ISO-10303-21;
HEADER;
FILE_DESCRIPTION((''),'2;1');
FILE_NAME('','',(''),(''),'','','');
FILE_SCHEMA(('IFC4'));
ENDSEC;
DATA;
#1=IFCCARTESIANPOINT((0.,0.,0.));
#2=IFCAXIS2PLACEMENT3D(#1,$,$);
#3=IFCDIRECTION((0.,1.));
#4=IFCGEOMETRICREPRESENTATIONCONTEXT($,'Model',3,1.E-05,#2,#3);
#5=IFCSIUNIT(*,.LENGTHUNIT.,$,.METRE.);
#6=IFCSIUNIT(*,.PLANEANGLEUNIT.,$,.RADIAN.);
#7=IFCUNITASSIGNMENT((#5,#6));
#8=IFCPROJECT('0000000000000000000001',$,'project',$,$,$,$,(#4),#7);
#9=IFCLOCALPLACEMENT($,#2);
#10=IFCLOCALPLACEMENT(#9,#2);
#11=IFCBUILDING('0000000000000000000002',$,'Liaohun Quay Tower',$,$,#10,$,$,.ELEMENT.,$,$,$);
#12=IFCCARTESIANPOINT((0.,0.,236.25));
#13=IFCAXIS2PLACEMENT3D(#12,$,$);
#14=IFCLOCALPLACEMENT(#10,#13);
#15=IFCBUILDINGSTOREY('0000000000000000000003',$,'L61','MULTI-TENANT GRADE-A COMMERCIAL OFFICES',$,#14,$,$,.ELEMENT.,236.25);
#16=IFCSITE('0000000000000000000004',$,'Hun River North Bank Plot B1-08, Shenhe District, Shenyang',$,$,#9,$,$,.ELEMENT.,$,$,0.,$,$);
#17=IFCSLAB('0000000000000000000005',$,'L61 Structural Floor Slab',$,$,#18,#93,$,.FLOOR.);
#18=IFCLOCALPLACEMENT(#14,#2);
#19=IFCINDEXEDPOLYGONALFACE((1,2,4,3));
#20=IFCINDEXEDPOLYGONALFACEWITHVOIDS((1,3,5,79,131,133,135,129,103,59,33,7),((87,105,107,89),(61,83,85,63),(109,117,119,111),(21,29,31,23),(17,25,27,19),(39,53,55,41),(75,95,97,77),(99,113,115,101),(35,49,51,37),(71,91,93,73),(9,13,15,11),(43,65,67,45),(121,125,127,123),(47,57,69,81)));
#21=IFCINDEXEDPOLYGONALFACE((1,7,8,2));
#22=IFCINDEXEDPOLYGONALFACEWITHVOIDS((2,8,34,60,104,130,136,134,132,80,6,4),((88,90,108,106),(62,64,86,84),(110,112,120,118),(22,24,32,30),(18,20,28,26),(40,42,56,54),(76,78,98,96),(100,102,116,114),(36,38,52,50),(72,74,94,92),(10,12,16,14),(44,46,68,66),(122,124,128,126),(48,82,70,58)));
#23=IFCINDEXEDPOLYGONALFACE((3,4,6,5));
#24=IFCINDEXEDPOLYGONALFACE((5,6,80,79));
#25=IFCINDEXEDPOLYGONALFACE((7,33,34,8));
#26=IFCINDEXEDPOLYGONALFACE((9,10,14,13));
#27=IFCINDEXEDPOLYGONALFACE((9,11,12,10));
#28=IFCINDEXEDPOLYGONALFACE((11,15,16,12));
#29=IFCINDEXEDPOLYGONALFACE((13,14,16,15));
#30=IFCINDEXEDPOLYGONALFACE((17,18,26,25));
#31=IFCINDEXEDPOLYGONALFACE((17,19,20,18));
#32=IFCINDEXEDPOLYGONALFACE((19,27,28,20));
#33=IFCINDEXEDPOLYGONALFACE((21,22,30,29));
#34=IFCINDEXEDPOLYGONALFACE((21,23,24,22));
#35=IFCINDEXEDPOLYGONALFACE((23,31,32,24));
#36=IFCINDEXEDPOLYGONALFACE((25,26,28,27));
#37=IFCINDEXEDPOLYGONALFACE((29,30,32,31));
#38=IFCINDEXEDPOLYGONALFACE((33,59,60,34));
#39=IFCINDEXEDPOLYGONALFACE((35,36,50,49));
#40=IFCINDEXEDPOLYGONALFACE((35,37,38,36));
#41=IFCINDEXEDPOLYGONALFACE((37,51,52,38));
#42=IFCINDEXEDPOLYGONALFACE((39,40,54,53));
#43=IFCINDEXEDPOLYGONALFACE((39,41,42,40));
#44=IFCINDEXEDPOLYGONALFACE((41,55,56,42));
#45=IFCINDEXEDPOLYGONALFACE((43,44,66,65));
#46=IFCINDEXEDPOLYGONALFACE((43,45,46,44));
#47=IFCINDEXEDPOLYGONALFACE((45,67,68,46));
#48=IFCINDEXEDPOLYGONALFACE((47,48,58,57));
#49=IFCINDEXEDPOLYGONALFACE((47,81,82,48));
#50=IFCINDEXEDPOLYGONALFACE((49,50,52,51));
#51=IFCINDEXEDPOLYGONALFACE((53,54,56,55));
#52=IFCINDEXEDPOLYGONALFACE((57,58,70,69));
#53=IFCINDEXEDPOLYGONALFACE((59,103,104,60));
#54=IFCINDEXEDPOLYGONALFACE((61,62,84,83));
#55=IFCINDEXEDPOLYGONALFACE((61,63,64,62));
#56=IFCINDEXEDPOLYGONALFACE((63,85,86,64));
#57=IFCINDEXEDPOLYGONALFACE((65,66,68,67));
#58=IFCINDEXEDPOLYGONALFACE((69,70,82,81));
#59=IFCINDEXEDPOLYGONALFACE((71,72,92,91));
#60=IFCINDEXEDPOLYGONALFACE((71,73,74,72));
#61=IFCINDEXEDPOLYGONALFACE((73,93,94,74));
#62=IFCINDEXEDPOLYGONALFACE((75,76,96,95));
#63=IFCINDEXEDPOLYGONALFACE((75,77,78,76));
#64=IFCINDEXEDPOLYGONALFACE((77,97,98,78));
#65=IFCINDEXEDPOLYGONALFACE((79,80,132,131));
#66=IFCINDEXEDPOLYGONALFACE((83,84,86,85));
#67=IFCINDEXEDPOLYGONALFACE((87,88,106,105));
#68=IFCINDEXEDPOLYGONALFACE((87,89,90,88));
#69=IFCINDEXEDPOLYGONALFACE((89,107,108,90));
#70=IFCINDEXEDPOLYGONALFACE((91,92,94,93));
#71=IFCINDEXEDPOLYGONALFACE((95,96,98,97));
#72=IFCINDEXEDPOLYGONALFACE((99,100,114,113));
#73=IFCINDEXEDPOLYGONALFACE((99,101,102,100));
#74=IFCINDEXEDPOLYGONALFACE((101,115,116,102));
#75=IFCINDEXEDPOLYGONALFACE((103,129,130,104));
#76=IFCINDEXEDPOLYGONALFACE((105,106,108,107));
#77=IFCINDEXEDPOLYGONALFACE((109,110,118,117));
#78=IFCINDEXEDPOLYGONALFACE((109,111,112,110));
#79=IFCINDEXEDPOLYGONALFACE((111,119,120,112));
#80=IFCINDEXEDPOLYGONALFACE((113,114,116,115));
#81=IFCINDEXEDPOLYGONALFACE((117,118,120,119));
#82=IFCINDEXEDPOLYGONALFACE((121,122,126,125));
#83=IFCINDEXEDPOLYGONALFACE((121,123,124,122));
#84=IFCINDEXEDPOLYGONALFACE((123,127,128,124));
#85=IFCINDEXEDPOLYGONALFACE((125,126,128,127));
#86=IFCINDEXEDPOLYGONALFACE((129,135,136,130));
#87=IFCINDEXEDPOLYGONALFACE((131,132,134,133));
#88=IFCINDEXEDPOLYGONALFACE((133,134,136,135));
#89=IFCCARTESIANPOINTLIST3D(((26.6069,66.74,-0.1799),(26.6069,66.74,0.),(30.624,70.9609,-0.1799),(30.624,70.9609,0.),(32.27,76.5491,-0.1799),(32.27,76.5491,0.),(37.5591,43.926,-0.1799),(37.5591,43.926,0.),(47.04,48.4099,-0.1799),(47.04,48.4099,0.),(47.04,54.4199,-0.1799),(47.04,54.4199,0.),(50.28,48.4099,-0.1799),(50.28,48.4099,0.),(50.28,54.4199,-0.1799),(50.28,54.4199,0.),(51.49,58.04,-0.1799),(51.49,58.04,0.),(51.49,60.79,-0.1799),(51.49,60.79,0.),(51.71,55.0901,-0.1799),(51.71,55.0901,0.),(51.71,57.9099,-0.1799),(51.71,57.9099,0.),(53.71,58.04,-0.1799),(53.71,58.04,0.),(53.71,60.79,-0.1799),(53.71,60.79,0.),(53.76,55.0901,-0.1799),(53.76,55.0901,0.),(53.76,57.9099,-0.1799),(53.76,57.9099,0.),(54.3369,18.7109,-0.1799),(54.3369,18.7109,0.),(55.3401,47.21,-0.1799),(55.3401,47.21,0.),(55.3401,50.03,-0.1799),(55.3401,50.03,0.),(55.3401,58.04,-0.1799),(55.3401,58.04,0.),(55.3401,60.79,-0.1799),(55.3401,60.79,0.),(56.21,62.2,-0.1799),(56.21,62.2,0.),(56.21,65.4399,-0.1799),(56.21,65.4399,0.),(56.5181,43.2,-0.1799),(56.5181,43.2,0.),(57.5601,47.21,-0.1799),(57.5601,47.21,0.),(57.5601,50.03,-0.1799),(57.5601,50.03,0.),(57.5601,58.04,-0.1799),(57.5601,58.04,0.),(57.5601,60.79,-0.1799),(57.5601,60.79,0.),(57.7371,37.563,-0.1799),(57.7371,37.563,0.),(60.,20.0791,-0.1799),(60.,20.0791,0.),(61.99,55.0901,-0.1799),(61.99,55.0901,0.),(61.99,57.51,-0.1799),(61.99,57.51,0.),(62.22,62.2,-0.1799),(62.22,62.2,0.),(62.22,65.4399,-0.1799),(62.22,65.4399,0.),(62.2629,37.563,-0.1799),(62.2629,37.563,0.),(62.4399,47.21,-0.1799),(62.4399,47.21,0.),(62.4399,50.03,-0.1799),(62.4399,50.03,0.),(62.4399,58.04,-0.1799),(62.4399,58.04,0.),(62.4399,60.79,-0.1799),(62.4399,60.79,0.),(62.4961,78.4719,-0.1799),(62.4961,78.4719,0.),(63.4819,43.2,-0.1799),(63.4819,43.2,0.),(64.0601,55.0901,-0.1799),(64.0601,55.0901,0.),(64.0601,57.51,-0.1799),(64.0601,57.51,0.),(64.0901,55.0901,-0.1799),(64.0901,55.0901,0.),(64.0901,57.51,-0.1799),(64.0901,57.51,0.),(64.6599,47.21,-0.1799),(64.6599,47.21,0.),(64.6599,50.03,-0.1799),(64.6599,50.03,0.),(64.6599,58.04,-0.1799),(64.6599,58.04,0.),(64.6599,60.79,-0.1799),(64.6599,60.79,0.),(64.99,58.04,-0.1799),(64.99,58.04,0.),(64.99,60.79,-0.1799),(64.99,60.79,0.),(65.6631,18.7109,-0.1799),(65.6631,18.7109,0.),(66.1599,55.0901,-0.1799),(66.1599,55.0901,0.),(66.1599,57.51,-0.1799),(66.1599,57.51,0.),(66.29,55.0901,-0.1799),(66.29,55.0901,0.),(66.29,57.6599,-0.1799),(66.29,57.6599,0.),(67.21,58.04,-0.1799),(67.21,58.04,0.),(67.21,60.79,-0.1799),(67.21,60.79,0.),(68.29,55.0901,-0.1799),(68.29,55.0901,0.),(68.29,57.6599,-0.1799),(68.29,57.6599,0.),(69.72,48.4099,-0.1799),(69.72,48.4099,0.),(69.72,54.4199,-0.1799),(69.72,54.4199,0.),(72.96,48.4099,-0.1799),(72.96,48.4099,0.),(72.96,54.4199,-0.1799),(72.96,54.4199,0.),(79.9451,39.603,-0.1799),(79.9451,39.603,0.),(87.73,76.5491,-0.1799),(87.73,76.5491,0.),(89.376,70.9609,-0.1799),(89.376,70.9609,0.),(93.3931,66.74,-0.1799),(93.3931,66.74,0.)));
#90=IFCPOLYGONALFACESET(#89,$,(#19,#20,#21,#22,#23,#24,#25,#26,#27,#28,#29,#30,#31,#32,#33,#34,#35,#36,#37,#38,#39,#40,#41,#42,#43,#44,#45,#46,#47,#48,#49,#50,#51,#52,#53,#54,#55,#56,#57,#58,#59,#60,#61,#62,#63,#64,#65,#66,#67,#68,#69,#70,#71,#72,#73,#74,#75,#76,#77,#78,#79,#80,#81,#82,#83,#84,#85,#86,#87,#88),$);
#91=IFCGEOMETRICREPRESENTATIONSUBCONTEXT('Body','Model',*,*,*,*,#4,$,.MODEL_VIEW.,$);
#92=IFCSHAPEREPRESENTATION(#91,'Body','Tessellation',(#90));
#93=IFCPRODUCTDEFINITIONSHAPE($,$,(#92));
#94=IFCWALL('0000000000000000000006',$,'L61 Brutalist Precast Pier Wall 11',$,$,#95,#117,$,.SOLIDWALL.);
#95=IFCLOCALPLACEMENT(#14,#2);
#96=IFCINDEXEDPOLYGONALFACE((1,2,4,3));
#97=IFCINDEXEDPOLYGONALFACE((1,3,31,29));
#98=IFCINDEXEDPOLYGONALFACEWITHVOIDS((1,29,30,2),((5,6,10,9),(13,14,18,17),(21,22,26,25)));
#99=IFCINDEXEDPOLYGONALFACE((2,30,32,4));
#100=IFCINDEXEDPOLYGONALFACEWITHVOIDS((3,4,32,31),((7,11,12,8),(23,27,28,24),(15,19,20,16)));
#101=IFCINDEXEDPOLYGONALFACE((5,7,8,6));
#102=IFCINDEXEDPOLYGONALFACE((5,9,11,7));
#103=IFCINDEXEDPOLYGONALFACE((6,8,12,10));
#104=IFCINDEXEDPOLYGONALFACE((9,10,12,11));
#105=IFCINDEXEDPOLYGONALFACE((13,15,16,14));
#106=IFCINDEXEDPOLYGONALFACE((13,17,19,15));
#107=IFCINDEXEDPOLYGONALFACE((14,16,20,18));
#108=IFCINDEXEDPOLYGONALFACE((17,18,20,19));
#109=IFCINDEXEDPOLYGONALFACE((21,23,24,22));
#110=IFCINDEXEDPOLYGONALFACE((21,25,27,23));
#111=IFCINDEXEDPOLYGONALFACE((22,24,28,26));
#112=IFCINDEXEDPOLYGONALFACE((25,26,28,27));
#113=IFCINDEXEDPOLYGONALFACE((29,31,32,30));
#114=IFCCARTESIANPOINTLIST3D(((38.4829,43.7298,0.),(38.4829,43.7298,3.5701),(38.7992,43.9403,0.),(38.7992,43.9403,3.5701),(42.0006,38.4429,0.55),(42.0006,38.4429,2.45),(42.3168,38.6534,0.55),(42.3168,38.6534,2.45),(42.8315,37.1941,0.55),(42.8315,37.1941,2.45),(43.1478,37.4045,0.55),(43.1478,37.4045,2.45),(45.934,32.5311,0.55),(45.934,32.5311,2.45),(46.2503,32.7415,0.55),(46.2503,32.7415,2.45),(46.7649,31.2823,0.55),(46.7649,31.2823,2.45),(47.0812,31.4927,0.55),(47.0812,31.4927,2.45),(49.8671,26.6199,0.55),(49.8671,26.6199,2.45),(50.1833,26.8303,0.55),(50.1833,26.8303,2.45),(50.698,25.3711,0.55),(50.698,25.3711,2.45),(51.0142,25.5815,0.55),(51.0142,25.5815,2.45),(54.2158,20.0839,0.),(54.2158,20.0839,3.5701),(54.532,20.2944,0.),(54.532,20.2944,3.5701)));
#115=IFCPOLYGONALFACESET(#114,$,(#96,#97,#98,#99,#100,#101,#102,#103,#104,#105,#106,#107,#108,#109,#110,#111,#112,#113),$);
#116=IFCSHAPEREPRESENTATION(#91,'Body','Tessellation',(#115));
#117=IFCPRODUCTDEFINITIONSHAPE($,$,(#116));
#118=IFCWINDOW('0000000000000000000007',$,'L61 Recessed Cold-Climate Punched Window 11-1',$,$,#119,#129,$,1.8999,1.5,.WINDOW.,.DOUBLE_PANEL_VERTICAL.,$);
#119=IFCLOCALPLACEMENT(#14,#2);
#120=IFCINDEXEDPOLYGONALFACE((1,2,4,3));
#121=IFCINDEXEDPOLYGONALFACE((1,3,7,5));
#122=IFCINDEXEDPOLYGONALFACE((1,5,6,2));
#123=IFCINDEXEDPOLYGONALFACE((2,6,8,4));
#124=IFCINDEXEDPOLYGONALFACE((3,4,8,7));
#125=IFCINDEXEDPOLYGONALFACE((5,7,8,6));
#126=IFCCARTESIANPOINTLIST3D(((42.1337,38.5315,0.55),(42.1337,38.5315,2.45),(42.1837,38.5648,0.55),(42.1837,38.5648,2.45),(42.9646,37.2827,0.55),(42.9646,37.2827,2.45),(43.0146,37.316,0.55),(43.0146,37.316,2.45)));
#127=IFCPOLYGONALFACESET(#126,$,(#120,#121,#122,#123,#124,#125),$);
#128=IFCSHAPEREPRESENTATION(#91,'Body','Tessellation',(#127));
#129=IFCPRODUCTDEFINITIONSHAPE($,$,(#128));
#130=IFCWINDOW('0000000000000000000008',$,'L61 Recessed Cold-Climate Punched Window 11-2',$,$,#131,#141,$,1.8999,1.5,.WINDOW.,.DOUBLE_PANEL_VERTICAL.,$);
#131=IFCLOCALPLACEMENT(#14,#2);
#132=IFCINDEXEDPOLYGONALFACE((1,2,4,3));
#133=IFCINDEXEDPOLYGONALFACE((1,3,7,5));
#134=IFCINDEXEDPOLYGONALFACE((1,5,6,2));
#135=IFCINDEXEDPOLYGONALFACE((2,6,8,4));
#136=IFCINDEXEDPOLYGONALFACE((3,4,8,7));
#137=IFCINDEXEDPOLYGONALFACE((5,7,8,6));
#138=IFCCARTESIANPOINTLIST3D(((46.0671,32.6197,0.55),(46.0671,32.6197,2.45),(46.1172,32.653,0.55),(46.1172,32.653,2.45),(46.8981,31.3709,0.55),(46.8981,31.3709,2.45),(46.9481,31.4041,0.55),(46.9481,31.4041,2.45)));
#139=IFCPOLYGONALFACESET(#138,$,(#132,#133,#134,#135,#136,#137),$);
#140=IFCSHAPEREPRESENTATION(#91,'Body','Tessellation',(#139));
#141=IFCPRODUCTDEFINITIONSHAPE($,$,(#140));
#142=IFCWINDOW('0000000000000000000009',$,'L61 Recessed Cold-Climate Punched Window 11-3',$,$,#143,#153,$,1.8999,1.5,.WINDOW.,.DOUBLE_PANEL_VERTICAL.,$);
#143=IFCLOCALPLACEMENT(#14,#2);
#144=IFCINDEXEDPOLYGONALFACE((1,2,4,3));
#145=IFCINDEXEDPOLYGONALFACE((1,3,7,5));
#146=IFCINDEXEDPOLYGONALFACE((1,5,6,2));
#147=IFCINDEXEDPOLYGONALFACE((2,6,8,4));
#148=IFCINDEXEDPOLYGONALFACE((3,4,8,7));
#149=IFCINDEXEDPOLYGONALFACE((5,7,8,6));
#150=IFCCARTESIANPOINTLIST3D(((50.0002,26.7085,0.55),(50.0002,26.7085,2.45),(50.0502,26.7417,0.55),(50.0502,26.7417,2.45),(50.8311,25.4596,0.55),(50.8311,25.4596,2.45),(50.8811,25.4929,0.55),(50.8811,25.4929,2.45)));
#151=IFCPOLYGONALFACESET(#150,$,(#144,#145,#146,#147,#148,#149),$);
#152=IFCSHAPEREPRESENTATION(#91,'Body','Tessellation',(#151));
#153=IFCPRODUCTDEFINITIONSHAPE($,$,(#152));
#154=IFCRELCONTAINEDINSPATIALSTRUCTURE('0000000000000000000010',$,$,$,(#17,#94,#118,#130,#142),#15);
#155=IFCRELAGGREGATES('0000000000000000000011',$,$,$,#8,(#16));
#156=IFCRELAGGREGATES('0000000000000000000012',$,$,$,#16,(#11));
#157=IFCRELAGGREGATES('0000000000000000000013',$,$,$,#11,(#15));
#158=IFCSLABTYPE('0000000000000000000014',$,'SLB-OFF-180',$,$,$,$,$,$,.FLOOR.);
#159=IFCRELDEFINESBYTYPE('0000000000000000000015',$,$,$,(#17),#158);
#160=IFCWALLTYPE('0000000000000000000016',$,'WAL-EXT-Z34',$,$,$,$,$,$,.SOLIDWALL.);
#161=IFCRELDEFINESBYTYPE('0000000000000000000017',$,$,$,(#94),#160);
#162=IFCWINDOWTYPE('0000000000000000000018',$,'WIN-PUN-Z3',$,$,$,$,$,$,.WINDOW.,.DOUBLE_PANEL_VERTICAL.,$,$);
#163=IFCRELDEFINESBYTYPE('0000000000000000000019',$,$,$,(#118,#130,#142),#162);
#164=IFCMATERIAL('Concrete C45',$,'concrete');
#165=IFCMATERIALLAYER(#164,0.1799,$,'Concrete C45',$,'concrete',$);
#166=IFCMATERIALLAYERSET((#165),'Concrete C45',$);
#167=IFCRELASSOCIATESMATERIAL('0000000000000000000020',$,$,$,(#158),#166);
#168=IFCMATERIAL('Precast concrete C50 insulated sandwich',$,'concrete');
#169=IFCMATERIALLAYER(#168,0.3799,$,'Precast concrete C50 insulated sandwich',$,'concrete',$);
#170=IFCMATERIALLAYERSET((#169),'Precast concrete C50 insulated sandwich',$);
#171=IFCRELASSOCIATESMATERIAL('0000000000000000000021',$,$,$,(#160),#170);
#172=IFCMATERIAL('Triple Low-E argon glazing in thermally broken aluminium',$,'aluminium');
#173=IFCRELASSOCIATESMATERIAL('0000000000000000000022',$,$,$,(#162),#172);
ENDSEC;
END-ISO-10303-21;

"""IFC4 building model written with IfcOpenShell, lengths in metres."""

from ifc_helpers import new_model, si_unit, direction, frame, frame_2d, origin, place, context, subcontext, project, spatial, polyline, rectangle, outline, extrude, source, transform, mapped, material, layer, layer_set, type_object, element, fill, save


model = new_model("IFC4")

# Units and contexts
model_context = context("Model", 3, precision=1e-05, world=origin(), true_north=direction((0.0, 1.0)))
body_context = subcontext(model_context, "Body", "Model", "MODEL_VIEW")
ifc_project = project(units=[si_unit("LENGTHUNIT", "METRE"), si_unit("PLANEANGLEUNIT", "RADIAN")], contexts=[model_context])

# Site, building, storey
site_placement = place(None, origin())
site = spatial("IfcSite", under=ifc_project, at=site_placement, Name="Hun River North Bank Plot B1-08, Shenhe District, Shenyang", CompositionType="ELEMENT", RefElevation=0.0)
building_placement = place(site_placement, origin())
building = spatial("IfcBuilding", under=site, at=building_placement, Name="Liaohun Quay Tower", CompositionType="ELEMENT")
storey_placement = place(building_placement, frame((0.0, 0.0, 236.25)))
storey = spatial("IfcBuildingStorey", under=building, at=storey_placement, Name="L61", Description="MULTI-TENANT GRADE-A COMMERCIAL OFFICES", CompositionType="ELEMENT", Elevation=236.25)

# Shared definitions
ifc_material_1 = material(Name="Concrete C45", Category="concrete")

# Slab
ifc_layer_1 = layer(ifc_material_1, 0.1799, Name="Concrete C45", Category="concrete")
ifc_layer_set_1 = layer_set([ifc_layer_1], Name="Concrete C45")
slab_type_1 = type_object("IfcSlabType", Name="SLB-OFF-180", PredefinedType="FLOOR", material=ifc_layer_set_1)
slab_1_placement = place(storey_placement, frame((0.0, 0.0, -0.1799)))
element("IfcSlab", 1, at=slab_1_placement, inside=storey, type_object=slab_type_1, Name="L61 Structural Floor Slab", PredefinedType="FLOOR", context=body_context, shape_type="SweptSolid", body=[
    extrude(outline(polyline([(54.3369, 18.7109), (60.0, 20.0791), (65.6631, 18.7109), (79.9451, 39.603), (93.3931, 66.74), (89.376, 70.9609), (87.73, 76.5491), (62.4961, 78.4719), (32.27, 76.5491), (30.624, 70.9609), (26.6069, 66.74), (37.5591, 43.926), (54.3369, 18.7109)]), holes=[polyline([(63.4819, 43.2), (56.5181, 43.2), (57.7371, 37.563), (62.2629, 37.563), (63.4819, 43.2)]), polyline([(57.5601, 47.21), (57.5601, 50.03), (55.3401, 50.03), (55.3401, 47.21), (57.5601, 47.21)]), polyline([(50.28, 54.4199), (47.04, 54.4199), (47.04, 48.4099), (50.28, 48.4099), (50.28, 54.4199)]), polyline([(53.76, 55.0901), (53.76, 57.9099), (51.71, 57.9099), (51.71, 55.0901), (53.76, 55.0901)]), polyline([(53.71, 58.04), (53.71, 60.79), (51.49, 60.79), (51.49, 58.04), (53.71, 58.04)]), polyline([(57.5601, 58.04), (57.5601, 60.79), (55.3401, 60.79), (55.3401, 58.04), (57.5601, 58.04)]), polyline([(62.22, 62.2), (62.22, 65.4399), (56.21, 65.4399), (56.21, 62.2), (62.22, 62.2)]), polyline([(64.6599, 50.03), (62.4399, 50.03), (62.4399, 47.21), (64.6599, 47.21), (64.6599, 50.03)]), polyline([(72.96, 54.4199), (69.72, 54.4199), (69.72, 48.4099), (72.96, 48.4099), (72.96, 54.4199)]), polyline([(64.0601, 55.0901), (64.0601, 57.51), (61.99, 57.51), (61.99, 55.0901), (64.0601, 55.0901)]), polyline([(66.1599, 55.0901), (66.1599, 57.51), (64.0901, 57.51), (64.0901, 55.0901), (66.1599, 55.0901)]), polyline([(68.29, 55.0901), (68.29, 57.6599), (66.29, 57.6599), (66.29, 55.0901), (68.29, 55.0901)]), polyline([(64.6599, 58.04), (64.6599, 60.79), (62.4399, 60.79), (62.4399, 58.04), (64.6599, 58.04)]), polyline([(67.21, 58.04), (67.21, 60.79), (64.99, 60.79), (64.99, 58.04), (67.21, 58.04)])]), origin(), (0.0, 0.0, 1.0), 0.1799),
])

# Wall, openings, windows
ifc_material_2 = material(Name="Precast concrete C50 insulated sandwich", Category="concrete")
ifc_layer_2 = layer(ifc_material_2, 0.3799, Name="Precast concrete C50 insulated sandwich", Category="concrete")
ifc_layer_set_2 = layer_set([ifc_layer_2], Name="Precast concrete C50 insulated sandwich")
wall_type_1 = type_object("IfcWallType", Name="WAL-EXT-Z34", PredefinedType="SOLIDWALL", material=ifc_layer_set_2)
wall_1_placement = place(storey_placement, frame((38.6411, 43.835, 0.0), z_axis=(0.0, 0.0, 1.0), x_axis=(0.553942, -0.832555, 0.0)))
wall_1 = element("IfcWall", 2, at=wall_1_placement, inside=storey, type_object=wall_type_1, Name="L61 Brutalist Precast Pier Wall 11", PredefinedType="SOLIDWALL", context=body_context, shape_type="SweptSolid", body=[
    extrude(rectangle(XDim=28.4016, YDim=0.3799, at=frame_2d((14.2007, 0.0))), origin(), (0.0, 0.0, 1.0), 3.5701),
])
shared_shape_1 = source(origin(), body_context, "Body", "SweptSolid", [
    extrude(rectangle(XDim=1.5, YDim=1.8999, at=frame_2d((0.75, 0.95))), frame((0.0, 0.2, 0.0), z_axis=(0.0, -1.0, 0.0), x_axis=(1.0, 0.0, 0.0)), (0.0, 0.0, 1.0), 0.3999),
])
opening_1_placement = place(wall_1_placement, frame((6.3501, 0.0, 0.55)))
opening_1 = element("IfcOpeningElement", 3, at=opening_1_placement, cuts=wall_1, PredefinedType="OPENING", context=body_context, shape_type="MappedRepresentation", body=[
    mapped(shared_shape_1, transform((0.0, 0.0, 0.0), x_axis=(1.0, 0.0, 0.0), y_axis=(0.0, 1.0, 0.0), z_axis=(0.0, 0.0, 1.0), scale=1.0)),
])
opening_2_placement = place(wall_1_placement, frame((13.4509, 0.0, 0.55)))
opening_2 = element("IfcOpeningElement", 4, at=opening_2_placement, cuts=wall_1, PredefinedType="OPENING", context=body_context, shape_type="MappedRepresentation", body=[
    mapped(shared_shape_1, transform((0.0, 0.0, 0.0), x_axis=(1.0, 0.0, 0.0), y_axis=(0.0, 1.0, 0.0), z_axis=(0.0, 0.0, 1.0), scale=1.0)),
])
opening_3_placement = place(wall_1_placement, frame((20.551, 0.0, 0.55)))
opening_3 = element("IfcOpeningElement", 5, at=opening_3_placement, cuts=wall_1, PredefinedType="OPENING", context=body_context, shape_type="MappedRepresentation", body=[
    mapped(shared_shape_1, transform((0.0, 0.0, 0.0), x_axis=(1.0, 0.0, 0.0), y_axis=(0.0, 1.0, 0.0), z_axis=(0.0, 0.0, 1.0), scale=1.0)),
])
ifc_material_3 = material(Name="Triple Low-E argon glazing in thermally broken aluminium", Category="aluminium")
window_type = type_object("IfcWindowType", Name="WIN-PUN-Z3", PartitioningType="DOUBLE_PANEL_VERTICAL", PredefinedType="WINDOW", material=ifc_material_3)
shared_shape_2 = source(origin(), body_context, "Body", "SweptSolid", [
    extrude(rectangle(XDim=1.5, YDim=1.8999, at=frame_2d((0.75, 0.95))), frame((0.0, 0.03, 0.0), z_axis=(0.0, -1.0, 0.0), x_axis=(1.0, 0.0, 0.0)), (0.0, 0.0, 1.0), 0.0601),
])
window_1_placement = place(opening_1_placement, origin())
window_1 = element("IfcWindow", 6, at=window_1_placement, inside=storey, type_object=window_type, Name="L61 Recessed Cold-Climate Punched Window 11-1", OverallHeight=1.8999, OverallWidth=1.5, PartitioningType="DOUBLE_PANEL_VERTICAL", PredefinedType="WINDOW", context=body_context, shape_type="MappedRepresentation", body=[
    mapped(shared_shape_2, transform((0.0, 0.0, 0.0), x_axis=(1.0, 0.0, 0.0), y_axis=(0.0, 1.0, 0.0), z_axis=(0.0, 0.0, 1.0), scale=1.0)),
])
fill(opening_1, window_1)
window_2_placement = place(opening_2_placement, origin())
window_2 = element("IfcWindow", 7, at=window_2_placement, inside=storey, type_object=window_type, Name="L61 Recessed Cold-Climate Punched Window 11-2", OverallHeight=1.8999, OverallWidth=1.5, PartitioningType="DOUBLE_PANEL_VERTICAL", PredefinedType="WINDOW", context=body_context, shape_type="MappedRepresentation", body=[
    mapped(shared_shape_2, transform((0.0, 0.0, 0.0), x_axis=(1.0, 0.0, 0.0), y_axis=(0.0, 1.0, 0.0), z_axis=(0.0, 0.0, 1.0), scale=1.0)),
])
fill(opening_2, window_2)
window_3_placement = place(opening_3_placement, origin())
window_3 = element("IfcWindow", 8, at=window_3_placement, inside=storey, type_object=window_type, Name="L61 Recessed Cold-Climate Punched Window 11-3", OverallHeight=1.8999, OverallWidth=1.5, PartitioningType="DOUBLE_PANEL_VERTICAL", PredefinedType="WINDOW", context=body_context, shape_type="MappedRepresentation", body=[
    mapped(shared_shape_2, transform((0.0, 0.0, 0.0), x_axis=(1.0, 0.0, 0.0), y_axis=(0.0, 1.0, 0.0), z_axis=(0.0, 0.0, 1.0), scale=1.0)),
])
fill(opening_3, window_3)

save(model, "model.ifc")
